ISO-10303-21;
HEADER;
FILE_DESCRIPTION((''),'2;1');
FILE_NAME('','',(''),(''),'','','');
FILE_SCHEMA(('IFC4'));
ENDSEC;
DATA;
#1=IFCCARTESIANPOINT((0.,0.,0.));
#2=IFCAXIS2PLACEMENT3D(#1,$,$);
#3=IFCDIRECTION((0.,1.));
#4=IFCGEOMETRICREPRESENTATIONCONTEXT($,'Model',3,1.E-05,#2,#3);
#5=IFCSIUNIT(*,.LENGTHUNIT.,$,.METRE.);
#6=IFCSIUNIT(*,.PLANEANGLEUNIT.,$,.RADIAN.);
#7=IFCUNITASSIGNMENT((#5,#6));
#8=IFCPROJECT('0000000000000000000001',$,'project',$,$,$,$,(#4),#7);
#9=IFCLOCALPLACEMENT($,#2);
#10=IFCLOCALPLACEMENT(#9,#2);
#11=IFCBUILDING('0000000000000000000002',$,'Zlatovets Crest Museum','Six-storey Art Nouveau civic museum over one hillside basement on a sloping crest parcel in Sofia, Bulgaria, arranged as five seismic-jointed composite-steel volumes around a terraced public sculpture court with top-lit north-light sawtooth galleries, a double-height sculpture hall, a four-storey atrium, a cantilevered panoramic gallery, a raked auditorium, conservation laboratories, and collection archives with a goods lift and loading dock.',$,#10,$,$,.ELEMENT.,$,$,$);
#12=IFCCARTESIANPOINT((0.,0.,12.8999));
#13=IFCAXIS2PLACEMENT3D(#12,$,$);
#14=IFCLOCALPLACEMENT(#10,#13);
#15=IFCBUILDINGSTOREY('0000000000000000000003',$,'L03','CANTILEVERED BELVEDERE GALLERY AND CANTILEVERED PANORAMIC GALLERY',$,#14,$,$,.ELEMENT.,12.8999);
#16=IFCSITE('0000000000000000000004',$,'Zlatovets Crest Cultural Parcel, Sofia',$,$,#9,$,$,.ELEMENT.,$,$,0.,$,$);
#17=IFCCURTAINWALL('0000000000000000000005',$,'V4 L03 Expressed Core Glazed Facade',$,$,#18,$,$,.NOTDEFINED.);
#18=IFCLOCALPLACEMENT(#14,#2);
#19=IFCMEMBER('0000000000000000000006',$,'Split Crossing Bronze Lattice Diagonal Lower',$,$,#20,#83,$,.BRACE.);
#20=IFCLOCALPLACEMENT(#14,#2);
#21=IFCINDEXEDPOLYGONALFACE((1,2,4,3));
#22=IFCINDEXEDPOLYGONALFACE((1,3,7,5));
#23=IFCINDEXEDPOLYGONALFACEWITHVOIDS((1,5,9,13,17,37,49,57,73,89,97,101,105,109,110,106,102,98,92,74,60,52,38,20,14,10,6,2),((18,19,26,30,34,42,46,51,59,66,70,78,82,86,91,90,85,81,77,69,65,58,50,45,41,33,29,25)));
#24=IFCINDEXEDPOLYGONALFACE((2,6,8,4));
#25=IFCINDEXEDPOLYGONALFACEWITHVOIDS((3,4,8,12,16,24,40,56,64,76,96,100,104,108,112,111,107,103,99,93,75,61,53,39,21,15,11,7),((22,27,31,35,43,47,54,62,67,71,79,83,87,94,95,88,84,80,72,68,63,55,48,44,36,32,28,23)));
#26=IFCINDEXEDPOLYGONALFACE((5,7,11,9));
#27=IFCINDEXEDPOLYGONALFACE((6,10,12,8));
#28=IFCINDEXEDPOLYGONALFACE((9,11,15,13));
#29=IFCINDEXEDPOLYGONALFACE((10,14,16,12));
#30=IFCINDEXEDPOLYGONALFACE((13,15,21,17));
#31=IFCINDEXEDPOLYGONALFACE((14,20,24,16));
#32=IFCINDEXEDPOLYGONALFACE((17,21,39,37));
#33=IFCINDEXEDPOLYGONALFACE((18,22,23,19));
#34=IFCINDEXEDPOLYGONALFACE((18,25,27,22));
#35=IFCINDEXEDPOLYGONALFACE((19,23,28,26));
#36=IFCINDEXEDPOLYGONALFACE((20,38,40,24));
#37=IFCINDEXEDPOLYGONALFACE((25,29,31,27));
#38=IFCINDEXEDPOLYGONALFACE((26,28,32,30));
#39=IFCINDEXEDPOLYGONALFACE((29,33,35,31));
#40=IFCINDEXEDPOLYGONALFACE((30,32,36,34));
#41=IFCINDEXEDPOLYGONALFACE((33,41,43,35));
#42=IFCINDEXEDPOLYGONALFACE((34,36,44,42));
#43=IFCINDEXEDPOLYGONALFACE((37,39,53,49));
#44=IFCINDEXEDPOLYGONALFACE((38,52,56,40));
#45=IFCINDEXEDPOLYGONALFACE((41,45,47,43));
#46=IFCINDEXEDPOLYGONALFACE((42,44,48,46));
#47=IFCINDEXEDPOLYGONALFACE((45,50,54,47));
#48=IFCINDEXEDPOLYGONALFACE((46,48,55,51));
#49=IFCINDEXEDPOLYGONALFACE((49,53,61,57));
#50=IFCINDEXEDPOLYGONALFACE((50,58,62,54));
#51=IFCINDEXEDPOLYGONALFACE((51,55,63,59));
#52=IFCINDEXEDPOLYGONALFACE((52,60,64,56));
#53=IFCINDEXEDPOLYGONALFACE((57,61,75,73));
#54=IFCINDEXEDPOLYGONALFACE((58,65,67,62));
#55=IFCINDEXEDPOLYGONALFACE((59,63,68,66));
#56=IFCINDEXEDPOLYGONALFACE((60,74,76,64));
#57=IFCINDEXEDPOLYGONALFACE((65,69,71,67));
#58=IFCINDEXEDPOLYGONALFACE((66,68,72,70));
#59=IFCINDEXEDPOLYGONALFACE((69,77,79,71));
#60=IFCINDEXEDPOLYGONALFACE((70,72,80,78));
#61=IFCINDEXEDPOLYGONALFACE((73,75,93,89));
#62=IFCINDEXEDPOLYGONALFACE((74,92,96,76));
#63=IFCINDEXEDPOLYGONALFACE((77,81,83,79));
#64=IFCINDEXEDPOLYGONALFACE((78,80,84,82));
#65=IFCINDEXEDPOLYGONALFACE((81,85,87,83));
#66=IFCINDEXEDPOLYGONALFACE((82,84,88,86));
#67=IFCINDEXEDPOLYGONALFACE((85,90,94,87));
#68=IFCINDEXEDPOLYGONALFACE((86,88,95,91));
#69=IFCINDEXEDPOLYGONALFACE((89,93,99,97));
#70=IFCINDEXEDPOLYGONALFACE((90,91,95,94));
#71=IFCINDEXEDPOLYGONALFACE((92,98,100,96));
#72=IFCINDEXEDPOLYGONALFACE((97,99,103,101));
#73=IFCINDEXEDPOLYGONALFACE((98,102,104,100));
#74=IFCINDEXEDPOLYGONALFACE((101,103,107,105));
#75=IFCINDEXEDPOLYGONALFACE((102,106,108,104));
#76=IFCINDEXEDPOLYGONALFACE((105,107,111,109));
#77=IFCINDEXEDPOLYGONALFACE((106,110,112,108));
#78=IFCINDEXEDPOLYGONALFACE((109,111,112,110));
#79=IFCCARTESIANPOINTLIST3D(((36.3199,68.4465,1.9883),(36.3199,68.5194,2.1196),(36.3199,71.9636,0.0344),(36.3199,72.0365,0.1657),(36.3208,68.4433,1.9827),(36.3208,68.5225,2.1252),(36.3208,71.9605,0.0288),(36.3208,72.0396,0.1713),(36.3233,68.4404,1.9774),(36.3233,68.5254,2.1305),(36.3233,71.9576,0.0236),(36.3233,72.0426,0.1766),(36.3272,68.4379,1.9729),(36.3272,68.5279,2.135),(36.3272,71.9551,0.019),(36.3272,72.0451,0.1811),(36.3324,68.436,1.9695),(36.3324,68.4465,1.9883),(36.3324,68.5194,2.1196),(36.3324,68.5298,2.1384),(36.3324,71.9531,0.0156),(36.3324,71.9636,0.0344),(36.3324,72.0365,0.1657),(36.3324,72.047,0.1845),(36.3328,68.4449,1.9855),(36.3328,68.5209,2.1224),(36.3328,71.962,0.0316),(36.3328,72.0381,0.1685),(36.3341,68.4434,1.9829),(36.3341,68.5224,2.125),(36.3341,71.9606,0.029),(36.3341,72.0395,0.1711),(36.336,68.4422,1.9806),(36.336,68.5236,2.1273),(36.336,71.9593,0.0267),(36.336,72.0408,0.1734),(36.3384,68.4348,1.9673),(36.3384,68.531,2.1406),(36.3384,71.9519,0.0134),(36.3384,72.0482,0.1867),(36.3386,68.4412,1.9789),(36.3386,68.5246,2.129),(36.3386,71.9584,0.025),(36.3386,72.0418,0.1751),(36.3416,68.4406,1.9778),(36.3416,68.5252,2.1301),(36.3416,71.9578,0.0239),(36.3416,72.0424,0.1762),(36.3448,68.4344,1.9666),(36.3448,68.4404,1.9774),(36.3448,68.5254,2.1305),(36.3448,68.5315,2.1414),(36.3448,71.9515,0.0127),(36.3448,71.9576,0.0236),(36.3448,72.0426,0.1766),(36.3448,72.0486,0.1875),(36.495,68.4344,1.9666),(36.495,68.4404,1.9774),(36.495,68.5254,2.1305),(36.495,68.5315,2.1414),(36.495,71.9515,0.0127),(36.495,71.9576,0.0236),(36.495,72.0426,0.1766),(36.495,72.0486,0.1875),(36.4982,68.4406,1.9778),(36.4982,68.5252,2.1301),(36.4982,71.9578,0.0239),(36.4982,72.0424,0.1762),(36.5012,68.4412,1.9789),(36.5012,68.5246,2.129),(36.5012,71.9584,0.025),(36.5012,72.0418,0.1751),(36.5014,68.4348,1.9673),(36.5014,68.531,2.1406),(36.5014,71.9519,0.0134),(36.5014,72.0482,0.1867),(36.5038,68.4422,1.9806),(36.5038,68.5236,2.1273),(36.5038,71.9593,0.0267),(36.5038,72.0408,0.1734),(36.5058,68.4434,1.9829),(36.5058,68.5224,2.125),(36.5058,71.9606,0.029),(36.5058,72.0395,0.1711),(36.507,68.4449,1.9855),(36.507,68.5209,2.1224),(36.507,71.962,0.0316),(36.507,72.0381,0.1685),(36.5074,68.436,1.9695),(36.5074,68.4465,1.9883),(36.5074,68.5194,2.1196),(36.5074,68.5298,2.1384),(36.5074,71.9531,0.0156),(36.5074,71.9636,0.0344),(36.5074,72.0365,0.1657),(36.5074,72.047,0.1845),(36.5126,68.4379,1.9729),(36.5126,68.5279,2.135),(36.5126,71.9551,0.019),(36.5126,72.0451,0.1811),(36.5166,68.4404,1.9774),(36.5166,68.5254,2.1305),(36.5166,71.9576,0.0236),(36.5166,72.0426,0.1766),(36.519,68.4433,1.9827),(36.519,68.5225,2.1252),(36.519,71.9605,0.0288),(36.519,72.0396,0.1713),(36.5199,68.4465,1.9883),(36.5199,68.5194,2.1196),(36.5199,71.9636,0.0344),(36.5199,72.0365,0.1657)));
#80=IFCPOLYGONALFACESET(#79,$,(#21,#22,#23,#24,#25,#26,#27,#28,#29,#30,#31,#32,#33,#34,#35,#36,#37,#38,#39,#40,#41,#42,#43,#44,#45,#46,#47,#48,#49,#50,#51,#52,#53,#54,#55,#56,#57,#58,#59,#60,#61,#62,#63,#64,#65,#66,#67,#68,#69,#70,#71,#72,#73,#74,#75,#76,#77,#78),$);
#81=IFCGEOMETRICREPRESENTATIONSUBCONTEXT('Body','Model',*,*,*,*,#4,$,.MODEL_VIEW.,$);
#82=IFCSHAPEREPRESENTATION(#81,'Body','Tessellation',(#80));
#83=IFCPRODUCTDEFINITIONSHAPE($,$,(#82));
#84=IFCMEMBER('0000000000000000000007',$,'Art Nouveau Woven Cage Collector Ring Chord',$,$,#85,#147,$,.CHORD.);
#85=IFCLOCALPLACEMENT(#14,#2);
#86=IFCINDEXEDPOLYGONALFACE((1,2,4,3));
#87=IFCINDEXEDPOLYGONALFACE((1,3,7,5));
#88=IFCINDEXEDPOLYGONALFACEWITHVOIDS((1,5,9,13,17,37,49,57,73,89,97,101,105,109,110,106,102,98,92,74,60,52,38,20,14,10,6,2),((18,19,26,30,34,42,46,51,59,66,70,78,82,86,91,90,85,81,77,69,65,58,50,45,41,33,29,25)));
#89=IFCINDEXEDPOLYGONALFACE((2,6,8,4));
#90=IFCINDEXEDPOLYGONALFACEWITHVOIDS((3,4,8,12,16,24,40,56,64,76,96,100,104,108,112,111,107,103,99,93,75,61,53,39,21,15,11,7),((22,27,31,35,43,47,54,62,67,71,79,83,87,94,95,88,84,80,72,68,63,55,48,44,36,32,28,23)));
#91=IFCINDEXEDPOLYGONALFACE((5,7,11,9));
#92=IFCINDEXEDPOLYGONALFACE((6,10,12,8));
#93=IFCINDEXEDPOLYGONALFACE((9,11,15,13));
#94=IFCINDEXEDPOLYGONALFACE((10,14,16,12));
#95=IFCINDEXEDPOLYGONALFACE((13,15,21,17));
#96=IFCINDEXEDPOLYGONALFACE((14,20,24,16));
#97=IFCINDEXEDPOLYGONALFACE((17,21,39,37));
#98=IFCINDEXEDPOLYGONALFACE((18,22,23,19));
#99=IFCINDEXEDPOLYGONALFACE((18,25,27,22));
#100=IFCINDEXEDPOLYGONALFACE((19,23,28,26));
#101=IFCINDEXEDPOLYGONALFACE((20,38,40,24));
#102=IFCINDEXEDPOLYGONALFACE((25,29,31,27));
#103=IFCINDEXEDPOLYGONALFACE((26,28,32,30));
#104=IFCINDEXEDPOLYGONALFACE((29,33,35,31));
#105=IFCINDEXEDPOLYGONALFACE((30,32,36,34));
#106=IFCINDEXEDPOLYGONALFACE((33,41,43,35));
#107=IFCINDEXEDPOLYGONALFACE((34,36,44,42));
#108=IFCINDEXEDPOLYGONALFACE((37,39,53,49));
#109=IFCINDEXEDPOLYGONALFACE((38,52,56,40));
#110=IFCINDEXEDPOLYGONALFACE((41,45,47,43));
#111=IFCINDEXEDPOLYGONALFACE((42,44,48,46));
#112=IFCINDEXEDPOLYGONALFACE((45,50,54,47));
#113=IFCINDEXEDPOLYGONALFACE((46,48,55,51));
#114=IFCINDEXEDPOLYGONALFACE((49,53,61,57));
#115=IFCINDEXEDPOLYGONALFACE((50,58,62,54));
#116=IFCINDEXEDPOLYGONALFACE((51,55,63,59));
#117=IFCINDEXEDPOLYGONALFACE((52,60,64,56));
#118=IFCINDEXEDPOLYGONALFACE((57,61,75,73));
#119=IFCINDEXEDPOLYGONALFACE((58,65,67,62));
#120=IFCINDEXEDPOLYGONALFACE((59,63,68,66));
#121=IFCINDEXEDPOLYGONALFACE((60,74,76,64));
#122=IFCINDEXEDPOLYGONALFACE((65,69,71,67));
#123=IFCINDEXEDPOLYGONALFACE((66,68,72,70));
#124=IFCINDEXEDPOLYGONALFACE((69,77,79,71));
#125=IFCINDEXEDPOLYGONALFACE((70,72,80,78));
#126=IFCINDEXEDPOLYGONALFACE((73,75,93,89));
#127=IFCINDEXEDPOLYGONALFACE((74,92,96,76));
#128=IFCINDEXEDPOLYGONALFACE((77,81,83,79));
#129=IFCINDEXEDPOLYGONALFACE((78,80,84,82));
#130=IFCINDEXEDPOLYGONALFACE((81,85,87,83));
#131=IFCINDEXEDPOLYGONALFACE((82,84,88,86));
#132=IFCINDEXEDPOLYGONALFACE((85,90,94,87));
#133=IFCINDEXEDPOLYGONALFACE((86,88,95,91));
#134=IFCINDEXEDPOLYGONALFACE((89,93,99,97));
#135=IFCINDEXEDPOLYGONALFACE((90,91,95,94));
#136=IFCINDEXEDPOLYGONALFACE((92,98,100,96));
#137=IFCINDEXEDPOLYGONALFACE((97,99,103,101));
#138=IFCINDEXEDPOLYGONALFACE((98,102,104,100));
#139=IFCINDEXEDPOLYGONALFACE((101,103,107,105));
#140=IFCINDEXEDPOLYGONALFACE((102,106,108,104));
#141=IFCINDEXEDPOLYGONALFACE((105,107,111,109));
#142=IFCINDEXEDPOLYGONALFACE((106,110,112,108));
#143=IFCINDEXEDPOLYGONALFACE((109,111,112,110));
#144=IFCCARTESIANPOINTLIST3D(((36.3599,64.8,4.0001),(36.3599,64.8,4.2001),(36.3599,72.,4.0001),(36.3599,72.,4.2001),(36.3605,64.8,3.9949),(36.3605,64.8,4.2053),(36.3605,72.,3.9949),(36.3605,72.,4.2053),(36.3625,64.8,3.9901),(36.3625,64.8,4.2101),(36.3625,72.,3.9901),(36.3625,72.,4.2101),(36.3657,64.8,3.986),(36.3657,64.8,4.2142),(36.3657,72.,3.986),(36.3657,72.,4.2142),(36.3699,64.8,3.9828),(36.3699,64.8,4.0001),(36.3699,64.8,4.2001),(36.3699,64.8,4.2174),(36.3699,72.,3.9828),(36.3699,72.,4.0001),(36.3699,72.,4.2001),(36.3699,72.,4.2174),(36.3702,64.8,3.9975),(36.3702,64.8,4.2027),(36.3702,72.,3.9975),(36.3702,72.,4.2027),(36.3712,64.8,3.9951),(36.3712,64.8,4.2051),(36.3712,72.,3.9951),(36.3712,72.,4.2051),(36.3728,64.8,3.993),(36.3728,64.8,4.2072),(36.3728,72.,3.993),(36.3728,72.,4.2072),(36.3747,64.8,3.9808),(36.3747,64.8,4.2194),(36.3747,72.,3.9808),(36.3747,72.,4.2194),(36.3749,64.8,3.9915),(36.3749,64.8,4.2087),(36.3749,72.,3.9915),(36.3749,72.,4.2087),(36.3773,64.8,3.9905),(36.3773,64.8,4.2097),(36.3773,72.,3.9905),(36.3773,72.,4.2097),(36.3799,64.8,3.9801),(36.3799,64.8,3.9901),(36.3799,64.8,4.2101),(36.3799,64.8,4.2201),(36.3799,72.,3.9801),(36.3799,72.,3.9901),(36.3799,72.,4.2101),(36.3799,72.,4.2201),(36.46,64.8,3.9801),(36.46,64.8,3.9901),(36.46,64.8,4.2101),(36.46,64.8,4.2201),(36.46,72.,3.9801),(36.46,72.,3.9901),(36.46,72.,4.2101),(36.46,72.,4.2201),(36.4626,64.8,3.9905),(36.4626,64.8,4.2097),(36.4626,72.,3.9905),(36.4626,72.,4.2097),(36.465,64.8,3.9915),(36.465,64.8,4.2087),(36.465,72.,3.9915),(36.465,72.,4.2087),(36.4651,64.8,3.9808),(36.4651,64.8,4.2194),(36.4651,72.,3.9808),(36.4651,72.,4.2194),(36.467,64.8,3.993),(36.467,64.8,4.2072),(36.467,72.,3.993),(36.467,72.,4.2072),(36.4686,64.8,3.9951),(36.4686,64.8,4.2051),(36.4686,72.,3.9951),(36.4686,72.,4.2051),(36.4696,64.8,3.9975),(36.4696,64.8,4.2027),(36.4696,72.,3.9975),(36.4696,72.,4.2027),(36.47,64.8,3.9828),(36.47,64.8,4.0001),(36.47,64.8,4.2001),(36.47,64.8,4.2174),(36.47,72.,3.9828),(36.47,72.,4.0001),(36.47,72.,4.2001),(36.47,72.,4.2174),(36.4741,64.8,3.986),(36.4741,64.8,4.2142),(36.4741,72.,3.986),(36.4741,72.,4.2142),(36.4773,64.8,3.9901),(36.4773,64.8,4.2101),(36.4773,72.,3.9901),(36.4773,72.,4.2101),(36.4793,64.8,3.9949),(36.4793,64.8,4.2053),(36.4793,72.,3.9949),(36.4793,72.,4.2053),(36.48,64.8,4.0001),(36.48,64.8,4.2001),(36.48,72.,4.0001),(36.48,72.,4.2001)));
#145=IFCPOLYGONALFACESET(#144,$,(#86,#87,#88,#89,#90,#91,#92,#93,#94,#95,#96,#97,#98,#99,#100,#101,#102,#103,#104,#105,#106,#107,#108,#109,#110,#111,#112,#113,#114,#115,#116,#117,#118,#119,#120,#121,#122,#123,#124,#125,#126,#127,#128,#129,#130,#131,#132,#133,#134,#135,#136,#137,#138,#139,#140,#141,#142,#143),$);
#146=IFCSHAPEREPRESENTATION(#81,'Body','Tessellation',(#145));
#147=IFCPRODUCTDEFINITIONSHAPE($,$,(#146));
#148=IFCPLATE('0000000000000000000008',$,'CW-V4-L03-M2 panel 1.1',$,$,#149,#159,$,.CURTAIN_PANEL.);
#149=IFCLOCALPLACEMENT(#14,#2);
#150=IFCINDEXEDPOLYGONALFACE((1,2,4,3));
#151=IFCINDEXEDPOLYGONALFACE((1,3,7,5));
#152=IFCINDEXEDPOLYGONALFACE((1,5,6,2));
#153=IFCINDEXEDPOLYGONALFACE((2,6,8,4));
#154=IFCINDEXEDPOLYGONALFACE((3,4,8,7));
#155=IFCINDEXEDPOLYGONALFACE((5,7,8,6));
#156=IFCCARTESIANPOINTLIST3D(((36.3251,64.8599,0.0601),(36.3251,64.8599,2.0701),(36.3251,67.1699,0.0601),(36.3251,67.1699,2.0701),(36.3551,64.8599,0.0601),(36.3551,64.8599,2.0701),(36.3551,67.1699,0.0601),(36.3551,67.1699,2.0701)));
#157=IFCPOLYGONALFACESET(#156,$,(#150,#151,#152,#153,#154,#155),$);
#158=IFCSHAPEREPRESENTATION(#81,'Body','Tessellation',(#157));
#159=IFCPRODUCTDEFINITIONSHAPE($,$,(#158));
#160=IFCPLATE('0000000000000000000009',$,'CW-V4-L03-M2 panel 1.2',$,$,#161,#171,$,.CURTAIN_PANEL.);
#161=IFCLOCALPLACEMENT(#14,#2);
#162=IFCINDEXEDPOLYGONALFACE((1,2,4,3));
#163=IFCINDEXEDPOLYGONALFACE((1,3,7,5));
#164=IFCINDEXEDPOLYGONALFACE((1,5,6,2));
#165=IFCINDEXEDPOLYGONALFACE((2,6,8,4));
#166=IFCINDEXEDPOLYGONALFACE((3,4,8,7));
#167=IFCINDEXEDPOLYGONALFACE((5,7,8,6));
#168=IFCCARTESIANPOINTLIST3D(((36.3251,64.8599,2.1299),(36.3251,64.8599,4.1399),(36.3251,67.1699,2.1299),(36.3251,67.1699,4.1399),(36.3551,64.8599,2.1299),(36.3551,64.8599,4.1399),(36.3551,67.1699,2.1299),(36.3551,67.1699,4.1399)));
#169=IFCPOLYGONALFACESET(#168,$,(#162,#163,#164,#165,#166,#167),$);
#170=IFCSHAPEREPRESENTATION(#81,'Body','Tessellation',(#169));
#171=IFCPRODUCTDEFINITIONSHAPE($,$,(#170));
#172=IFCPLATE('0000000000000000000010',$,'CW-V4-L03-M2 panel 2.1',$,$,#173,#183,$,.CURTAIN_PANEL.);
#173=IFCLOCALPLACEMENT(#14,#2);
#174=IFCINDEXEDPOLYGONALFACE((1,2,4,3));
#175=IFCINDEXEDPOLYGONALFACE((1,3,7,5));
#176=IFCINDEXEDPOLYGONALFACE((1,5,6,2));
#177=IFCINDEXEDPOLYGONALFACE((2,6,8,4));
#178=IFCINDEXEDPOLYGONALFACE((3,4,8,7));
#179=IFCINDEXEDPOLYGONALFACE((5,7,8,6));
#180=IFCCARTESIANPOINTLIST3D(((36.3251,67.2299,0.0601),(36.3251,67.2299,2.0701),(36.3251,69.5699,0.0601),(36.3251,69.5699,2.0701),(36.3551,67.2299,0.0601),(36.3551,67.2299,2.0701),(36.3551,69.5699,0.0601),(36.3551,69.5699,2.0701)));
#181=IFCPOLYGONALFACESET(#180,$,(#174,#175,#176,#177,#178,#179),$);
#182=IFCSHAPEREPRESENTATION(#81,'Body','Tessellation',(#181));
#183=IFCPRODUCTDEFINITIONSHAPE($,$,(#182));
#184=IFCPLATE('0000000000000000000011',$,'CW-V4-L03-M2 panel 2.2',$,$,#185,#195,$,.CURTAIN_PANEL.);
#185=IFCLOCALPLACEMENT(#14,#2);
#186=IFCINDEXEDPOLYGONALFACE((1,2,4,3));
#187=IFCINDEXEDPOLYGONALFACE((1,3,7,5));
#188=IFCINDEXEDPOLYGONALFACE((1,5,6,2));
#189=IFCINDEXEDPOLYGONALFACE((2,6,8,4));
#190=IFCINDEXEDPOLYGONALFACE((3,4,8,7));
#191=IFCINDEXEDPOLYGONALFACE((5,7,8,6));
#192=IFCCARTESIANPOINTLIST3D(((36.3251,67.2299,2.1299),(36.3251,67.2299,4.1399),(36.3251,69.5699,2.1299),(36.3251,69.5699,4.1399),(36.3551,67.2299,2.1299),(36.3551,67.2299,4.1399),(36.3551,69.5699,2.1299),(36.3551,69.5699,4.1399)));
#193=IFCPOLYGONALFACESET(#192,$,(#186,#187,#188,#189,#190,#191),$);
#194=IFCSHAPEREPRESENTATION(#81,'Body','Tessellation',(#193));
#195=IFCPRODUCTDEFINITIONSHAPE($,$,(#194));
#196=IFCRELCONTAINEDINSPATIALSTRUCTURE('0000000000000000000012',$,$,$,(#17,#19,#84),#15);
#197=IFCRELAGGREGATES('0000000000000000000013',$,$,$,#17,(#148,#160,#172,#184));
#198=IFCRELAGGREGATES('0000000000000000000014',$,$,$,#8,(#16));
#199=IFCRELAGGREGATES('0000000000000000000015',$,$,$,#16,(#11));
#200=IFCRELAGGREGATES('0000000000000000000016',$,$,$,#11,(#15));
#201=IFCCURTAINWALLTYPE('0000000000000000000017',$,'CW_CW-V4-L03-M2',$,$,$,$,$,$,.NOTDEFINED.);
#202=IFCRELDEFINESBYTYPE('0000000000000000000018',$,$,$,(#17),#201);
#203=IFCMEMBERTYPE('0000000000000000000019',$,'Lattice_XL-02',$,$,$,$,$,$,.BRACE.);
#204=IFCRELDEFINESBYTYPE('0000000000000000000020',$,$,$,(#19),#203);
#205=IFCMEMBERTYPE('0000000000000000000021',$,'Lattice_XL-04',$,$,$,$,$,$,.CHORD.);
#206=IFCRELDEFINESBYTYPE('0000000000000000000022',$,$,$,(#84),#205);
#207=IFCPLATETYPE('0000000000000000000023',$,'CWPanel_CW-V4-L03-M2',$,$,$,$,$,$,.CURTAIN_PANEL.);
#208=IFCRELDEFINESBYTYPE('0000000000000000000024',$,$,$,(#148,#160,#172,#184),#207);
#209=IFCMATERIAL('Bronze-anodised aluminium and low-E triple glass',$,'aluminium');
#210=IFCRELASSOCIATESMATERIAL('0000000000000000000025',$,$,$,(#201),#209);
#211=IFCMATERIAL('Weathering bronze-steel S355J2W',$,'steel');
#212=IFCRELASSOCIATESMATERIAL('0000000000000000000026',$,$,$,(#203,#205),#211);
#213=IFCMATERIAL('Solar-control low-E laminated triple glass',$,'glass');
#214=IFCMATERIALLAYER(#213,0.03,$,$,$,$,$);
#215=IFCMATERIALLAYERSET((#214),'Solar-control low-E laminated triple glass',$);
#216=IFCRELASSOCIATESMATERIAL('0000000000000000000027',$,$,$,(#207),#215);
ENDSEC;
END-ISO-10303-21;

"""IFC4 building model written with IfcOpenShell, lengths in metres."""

from ifc_helpers import new_model, si_unit, direction, frame, origin, origin_2d, place, context, subcontext, project, spatial, rectangle, hollow_rectangle, extrude, material, layer, layer_set, material_profile, profile_set, type_object, element, aggregate, save


model = new_model("IFC4")

# Units and contexts
model_context = context("Model", 3, precision=1e-05, world=origin(), true_north=direction((0.0, 1.0)))
body_context = subcontext(model_context, "Body", "Model", "MODEL_VIEW")
ifc_project = project(units=[si_unit("LENGTHUNIT", "METRE"), si_unit("PLANEANGLEUNIT", "RADIAN")], contexts=[model_context])

# Site, building, storey
site_placement = place(None, origin())
site = spatial("IfcSite", under=ifc_project, at=site_placement, Name="Zlatovets Crest Cultural Parcel, Sofia", CompositionType="ELEMENT", RefElevation=0.0)
building_placement = place(site_placement, origin())
building = spatial("IfcBuilding", under=site, at=building_placement, Name="Zlatovets Crest Museum", Description="Six-storey Art Nouveau civic museum over one hillside basement on a sloping crest parcel in Sofia, Bulgaria, arranged as five seismic-jointed composite-steel volumes around a terraced public sculpture court with top-lit north-light sawtooth galleries, a double-height sculpture hall, a four-storey atrium, a cantilevered panoramic gallery, a raked auditorium, conservation laboratories, and collection archives with a goods lift and loading dock.", CompositionType="ELEMENT")
storey_placement = place(building_placement, frame((0.0, 0.0, 12.8999)))
storey = spatial("IfcBuildingStorey", under=building, at=storey_placement, Name="L03", Description="CANTILEVERED BELVEDERE GALLERY AND CANTILEVERED PANORAMIC GALLERY", CompositionType="ELEMENT", Elevation=12.8999)

# Curtain wall
ifc_material_1 = material(Name="Bronze-anodised aluminium and low-E triple glass", Category="aluminium")
curtain_wall_type = type_object("IfcCurtainWallType", Name="CW_CW-V4-L03-M2", PredefinedType="NOTDEFINED", material=ifc_material_1)
curtain_wall_placement = place(storey_placement, origin())
curtain_wall = element("IfcCurtainWall", 1, at=curtain_wall_placement, inside=storey, type_object=curtain_wall_type, Name="V4 L03 Expressed Core Glazed Facade", PredefinedType="NOTDEFINED")

# Members
ifc_material_2 = material(Name="Weathering bronze-steel S355J2W", Category="steel")
ifc_material_profile_1 = material_profile(ifc_material_2, hollow_rectangle(XDim=0.2, YDim=0.2, WallThickness=0.0125, InnerFilletRadius=0.0125, OuterFilletRadius=0.0249, at=origin_2d()), Name="SHS 200x200x12.5")
ifc_profile_set_1 = profile_set([ifc_material_profile_1], Name="Weathering bronze-steel S355J2W")
member_type_1 = type_object("IfcMemberType", Name="Lattice_XL-02", PredefinedType="BRACE", material=ifc_profile_set_1)
member_1_placement = place(storey_placement, frame((36.4199, 68.4829, 2.054), z_axis=(0.0, 0.874166, -0.485627), x_axis=(-1.0, 0.0, 0.0)))
element("IfcMember", 2, at=member_1_placement, inside=storey, type_object=member_type_1, Name="Split Crossing Bronze Lattice Diagonal Lower", PredefinedType="BRACE", context=body_context, shape_type="SweptSolid", body=[
    extrude(hollow_rectangle(XDim=0.2, YDim=0.2, WallThickness=0.0125, InnerFilletRadius=0.0125, OuterFilletRadius=0.0249, at=origin_2d()), origin(), (0.0, 0.0, 1.0), 4.0234),
])
ifc_material_profile_2 = material_profile(ifc_material_2, hollow_rectangle(XDim=0.1201, YDim=0.24, WallThickness=0.01, InnerFilletRadius=0.01, OuterFilletRadius=0.02, at=origin_2d()), Name="RHS 120x240x10.0")
ifc_profile_set_2 = profile_set([ifc_material_profile_2], Name="Weathering bronze-steel S355J2W")
member_type_2 = type_object("IfcMemberType", Name="Lattice_XL-04", PredefinedType="CHORD", material=ifc_profile_set_2)
member_2_placement = place(storey_placement, frame((36.4199, 64.8, 4.1001), z_axis=(0.0, 1.0, 0.0), x_axis=(-1.0, 0.0, 0.0)))
element("IfcMember", 3, at=member_2_placement, inside=storey, type_object=member_type_2, Name="Art Nouveau Woven Cage Collector Ring Chord", PredefinedType="CHORD", context=body_context, shape_type="SweptSolid", body=[
    extrude(hollow_rectangle(XDim=0.1201, YDim=0.24, WallThickness=0.01, InnerFilletRadius=0.01, OuterFilletRadius=0.02, at=origin_2d()), origin(), (0.0, 0.0, 1.0), 7.2),
])

# Plates
ifc_material_3 = material(Name="Solar-control low-E laminated triple glass", Category="glass")
ifc_layer_1 = layer(ifc_material_3, 0.03)
ifc_layer_set_1 = layer_set([ifc_layer_1], Name="Solar-control low-E laminated triple glass")
plate_type_1 = type_object("IfcPlateType", Name="CWPanel_CW-V4-L03-M2", PredefinedType="CURTAIN_PANEL", material=ifc_layer_set_1)
plate_1_placement = place(storey_placement, frame((36.3401, 66.0149, 0.0601), z_axis=(0.0, 0.0, 1.0), x_axis=(0.0, 1.0, 0.0)))
plate_1 = element("IfcPlate", 4, at=plate_1_placement, type_object=plate_type_1, Name="CW-V4-L03-M2 panel 1.1", PredefinedType="CURTAIN_PANEL", context=body_context, shape_type="SweptSolid", body=[
    extrude(rectangle(XDim=2.3101, YDim=0.03, at=origin_2d()), origin(), (0.0, 0.0, 1.0), 2.01),
])
plate_2_placement = place(storey_placement, frame((36.3401, 66.0149, 2.1299), z_axis=(0.0, 0.0, 1.0), x_axis=(0.0, 1.0, 0.0)))
plate_2 = element("IfcPlate", 5, at=plate_2_placement, type_object=plate_type_1, Name="CW-V4-L03-M2 panel 1.2", PredefinedType="CURTAIN_PANEL", context=body_context, shape_type="SweptSolid", body=[
    extrude(rectangle(XDim=2.3101, YDim=0.03, at=origin_2d()), origin(), (0.0, 0.0, 1.0), 2.01),
])
plate_3_placement = place(storey_placement, frame((36.3401, 68.3999, 0.0601), z_axis=(0.0, 0.0, 1.0), x_axis=(0.0, 1.0, 0.0)))
plate_3 = element("IfcPlate", 6, at=plate_3_placement, type_object=plate_type_1, Name="CW-V4-L03-M2 panel 2.1", PredefinedType="CURTAIN_PANEL", context=body_context, shape_type="SweptSolid", body=[
    extrude(rectangle(XDim=2.3401, YDim=0.03, at=origin_2d()), origin(), (0.0, 0.0, 1.0), 2.01),
])
plate_4_placement = place(storey_placement, frame((36.3401, 68.3999, 2.1299), z_axis=(0.0, 0.0, 1.0), x_axis=(0.0, 1.0, 0.0)))
plate_4 = element("IfcPlate", 7, at=plate_4_placement, type_object=plate_type_1, Name="CW-V4-L03-M2 panel 2.2", PredefinedType="CURTAIN_PANEL", context=body_context, shape_type="SweptSolid", body=[
    extrude(rectangle(XDim=2.3401, YDim=0.03, at=origin_2d()), origin(), (0.0, 0.0, 1.0), 2.01),
])
aggregate(curtain_wall, [plate_1, plate_2, plate_3, plate_4])

save(model, "model.ifc")
